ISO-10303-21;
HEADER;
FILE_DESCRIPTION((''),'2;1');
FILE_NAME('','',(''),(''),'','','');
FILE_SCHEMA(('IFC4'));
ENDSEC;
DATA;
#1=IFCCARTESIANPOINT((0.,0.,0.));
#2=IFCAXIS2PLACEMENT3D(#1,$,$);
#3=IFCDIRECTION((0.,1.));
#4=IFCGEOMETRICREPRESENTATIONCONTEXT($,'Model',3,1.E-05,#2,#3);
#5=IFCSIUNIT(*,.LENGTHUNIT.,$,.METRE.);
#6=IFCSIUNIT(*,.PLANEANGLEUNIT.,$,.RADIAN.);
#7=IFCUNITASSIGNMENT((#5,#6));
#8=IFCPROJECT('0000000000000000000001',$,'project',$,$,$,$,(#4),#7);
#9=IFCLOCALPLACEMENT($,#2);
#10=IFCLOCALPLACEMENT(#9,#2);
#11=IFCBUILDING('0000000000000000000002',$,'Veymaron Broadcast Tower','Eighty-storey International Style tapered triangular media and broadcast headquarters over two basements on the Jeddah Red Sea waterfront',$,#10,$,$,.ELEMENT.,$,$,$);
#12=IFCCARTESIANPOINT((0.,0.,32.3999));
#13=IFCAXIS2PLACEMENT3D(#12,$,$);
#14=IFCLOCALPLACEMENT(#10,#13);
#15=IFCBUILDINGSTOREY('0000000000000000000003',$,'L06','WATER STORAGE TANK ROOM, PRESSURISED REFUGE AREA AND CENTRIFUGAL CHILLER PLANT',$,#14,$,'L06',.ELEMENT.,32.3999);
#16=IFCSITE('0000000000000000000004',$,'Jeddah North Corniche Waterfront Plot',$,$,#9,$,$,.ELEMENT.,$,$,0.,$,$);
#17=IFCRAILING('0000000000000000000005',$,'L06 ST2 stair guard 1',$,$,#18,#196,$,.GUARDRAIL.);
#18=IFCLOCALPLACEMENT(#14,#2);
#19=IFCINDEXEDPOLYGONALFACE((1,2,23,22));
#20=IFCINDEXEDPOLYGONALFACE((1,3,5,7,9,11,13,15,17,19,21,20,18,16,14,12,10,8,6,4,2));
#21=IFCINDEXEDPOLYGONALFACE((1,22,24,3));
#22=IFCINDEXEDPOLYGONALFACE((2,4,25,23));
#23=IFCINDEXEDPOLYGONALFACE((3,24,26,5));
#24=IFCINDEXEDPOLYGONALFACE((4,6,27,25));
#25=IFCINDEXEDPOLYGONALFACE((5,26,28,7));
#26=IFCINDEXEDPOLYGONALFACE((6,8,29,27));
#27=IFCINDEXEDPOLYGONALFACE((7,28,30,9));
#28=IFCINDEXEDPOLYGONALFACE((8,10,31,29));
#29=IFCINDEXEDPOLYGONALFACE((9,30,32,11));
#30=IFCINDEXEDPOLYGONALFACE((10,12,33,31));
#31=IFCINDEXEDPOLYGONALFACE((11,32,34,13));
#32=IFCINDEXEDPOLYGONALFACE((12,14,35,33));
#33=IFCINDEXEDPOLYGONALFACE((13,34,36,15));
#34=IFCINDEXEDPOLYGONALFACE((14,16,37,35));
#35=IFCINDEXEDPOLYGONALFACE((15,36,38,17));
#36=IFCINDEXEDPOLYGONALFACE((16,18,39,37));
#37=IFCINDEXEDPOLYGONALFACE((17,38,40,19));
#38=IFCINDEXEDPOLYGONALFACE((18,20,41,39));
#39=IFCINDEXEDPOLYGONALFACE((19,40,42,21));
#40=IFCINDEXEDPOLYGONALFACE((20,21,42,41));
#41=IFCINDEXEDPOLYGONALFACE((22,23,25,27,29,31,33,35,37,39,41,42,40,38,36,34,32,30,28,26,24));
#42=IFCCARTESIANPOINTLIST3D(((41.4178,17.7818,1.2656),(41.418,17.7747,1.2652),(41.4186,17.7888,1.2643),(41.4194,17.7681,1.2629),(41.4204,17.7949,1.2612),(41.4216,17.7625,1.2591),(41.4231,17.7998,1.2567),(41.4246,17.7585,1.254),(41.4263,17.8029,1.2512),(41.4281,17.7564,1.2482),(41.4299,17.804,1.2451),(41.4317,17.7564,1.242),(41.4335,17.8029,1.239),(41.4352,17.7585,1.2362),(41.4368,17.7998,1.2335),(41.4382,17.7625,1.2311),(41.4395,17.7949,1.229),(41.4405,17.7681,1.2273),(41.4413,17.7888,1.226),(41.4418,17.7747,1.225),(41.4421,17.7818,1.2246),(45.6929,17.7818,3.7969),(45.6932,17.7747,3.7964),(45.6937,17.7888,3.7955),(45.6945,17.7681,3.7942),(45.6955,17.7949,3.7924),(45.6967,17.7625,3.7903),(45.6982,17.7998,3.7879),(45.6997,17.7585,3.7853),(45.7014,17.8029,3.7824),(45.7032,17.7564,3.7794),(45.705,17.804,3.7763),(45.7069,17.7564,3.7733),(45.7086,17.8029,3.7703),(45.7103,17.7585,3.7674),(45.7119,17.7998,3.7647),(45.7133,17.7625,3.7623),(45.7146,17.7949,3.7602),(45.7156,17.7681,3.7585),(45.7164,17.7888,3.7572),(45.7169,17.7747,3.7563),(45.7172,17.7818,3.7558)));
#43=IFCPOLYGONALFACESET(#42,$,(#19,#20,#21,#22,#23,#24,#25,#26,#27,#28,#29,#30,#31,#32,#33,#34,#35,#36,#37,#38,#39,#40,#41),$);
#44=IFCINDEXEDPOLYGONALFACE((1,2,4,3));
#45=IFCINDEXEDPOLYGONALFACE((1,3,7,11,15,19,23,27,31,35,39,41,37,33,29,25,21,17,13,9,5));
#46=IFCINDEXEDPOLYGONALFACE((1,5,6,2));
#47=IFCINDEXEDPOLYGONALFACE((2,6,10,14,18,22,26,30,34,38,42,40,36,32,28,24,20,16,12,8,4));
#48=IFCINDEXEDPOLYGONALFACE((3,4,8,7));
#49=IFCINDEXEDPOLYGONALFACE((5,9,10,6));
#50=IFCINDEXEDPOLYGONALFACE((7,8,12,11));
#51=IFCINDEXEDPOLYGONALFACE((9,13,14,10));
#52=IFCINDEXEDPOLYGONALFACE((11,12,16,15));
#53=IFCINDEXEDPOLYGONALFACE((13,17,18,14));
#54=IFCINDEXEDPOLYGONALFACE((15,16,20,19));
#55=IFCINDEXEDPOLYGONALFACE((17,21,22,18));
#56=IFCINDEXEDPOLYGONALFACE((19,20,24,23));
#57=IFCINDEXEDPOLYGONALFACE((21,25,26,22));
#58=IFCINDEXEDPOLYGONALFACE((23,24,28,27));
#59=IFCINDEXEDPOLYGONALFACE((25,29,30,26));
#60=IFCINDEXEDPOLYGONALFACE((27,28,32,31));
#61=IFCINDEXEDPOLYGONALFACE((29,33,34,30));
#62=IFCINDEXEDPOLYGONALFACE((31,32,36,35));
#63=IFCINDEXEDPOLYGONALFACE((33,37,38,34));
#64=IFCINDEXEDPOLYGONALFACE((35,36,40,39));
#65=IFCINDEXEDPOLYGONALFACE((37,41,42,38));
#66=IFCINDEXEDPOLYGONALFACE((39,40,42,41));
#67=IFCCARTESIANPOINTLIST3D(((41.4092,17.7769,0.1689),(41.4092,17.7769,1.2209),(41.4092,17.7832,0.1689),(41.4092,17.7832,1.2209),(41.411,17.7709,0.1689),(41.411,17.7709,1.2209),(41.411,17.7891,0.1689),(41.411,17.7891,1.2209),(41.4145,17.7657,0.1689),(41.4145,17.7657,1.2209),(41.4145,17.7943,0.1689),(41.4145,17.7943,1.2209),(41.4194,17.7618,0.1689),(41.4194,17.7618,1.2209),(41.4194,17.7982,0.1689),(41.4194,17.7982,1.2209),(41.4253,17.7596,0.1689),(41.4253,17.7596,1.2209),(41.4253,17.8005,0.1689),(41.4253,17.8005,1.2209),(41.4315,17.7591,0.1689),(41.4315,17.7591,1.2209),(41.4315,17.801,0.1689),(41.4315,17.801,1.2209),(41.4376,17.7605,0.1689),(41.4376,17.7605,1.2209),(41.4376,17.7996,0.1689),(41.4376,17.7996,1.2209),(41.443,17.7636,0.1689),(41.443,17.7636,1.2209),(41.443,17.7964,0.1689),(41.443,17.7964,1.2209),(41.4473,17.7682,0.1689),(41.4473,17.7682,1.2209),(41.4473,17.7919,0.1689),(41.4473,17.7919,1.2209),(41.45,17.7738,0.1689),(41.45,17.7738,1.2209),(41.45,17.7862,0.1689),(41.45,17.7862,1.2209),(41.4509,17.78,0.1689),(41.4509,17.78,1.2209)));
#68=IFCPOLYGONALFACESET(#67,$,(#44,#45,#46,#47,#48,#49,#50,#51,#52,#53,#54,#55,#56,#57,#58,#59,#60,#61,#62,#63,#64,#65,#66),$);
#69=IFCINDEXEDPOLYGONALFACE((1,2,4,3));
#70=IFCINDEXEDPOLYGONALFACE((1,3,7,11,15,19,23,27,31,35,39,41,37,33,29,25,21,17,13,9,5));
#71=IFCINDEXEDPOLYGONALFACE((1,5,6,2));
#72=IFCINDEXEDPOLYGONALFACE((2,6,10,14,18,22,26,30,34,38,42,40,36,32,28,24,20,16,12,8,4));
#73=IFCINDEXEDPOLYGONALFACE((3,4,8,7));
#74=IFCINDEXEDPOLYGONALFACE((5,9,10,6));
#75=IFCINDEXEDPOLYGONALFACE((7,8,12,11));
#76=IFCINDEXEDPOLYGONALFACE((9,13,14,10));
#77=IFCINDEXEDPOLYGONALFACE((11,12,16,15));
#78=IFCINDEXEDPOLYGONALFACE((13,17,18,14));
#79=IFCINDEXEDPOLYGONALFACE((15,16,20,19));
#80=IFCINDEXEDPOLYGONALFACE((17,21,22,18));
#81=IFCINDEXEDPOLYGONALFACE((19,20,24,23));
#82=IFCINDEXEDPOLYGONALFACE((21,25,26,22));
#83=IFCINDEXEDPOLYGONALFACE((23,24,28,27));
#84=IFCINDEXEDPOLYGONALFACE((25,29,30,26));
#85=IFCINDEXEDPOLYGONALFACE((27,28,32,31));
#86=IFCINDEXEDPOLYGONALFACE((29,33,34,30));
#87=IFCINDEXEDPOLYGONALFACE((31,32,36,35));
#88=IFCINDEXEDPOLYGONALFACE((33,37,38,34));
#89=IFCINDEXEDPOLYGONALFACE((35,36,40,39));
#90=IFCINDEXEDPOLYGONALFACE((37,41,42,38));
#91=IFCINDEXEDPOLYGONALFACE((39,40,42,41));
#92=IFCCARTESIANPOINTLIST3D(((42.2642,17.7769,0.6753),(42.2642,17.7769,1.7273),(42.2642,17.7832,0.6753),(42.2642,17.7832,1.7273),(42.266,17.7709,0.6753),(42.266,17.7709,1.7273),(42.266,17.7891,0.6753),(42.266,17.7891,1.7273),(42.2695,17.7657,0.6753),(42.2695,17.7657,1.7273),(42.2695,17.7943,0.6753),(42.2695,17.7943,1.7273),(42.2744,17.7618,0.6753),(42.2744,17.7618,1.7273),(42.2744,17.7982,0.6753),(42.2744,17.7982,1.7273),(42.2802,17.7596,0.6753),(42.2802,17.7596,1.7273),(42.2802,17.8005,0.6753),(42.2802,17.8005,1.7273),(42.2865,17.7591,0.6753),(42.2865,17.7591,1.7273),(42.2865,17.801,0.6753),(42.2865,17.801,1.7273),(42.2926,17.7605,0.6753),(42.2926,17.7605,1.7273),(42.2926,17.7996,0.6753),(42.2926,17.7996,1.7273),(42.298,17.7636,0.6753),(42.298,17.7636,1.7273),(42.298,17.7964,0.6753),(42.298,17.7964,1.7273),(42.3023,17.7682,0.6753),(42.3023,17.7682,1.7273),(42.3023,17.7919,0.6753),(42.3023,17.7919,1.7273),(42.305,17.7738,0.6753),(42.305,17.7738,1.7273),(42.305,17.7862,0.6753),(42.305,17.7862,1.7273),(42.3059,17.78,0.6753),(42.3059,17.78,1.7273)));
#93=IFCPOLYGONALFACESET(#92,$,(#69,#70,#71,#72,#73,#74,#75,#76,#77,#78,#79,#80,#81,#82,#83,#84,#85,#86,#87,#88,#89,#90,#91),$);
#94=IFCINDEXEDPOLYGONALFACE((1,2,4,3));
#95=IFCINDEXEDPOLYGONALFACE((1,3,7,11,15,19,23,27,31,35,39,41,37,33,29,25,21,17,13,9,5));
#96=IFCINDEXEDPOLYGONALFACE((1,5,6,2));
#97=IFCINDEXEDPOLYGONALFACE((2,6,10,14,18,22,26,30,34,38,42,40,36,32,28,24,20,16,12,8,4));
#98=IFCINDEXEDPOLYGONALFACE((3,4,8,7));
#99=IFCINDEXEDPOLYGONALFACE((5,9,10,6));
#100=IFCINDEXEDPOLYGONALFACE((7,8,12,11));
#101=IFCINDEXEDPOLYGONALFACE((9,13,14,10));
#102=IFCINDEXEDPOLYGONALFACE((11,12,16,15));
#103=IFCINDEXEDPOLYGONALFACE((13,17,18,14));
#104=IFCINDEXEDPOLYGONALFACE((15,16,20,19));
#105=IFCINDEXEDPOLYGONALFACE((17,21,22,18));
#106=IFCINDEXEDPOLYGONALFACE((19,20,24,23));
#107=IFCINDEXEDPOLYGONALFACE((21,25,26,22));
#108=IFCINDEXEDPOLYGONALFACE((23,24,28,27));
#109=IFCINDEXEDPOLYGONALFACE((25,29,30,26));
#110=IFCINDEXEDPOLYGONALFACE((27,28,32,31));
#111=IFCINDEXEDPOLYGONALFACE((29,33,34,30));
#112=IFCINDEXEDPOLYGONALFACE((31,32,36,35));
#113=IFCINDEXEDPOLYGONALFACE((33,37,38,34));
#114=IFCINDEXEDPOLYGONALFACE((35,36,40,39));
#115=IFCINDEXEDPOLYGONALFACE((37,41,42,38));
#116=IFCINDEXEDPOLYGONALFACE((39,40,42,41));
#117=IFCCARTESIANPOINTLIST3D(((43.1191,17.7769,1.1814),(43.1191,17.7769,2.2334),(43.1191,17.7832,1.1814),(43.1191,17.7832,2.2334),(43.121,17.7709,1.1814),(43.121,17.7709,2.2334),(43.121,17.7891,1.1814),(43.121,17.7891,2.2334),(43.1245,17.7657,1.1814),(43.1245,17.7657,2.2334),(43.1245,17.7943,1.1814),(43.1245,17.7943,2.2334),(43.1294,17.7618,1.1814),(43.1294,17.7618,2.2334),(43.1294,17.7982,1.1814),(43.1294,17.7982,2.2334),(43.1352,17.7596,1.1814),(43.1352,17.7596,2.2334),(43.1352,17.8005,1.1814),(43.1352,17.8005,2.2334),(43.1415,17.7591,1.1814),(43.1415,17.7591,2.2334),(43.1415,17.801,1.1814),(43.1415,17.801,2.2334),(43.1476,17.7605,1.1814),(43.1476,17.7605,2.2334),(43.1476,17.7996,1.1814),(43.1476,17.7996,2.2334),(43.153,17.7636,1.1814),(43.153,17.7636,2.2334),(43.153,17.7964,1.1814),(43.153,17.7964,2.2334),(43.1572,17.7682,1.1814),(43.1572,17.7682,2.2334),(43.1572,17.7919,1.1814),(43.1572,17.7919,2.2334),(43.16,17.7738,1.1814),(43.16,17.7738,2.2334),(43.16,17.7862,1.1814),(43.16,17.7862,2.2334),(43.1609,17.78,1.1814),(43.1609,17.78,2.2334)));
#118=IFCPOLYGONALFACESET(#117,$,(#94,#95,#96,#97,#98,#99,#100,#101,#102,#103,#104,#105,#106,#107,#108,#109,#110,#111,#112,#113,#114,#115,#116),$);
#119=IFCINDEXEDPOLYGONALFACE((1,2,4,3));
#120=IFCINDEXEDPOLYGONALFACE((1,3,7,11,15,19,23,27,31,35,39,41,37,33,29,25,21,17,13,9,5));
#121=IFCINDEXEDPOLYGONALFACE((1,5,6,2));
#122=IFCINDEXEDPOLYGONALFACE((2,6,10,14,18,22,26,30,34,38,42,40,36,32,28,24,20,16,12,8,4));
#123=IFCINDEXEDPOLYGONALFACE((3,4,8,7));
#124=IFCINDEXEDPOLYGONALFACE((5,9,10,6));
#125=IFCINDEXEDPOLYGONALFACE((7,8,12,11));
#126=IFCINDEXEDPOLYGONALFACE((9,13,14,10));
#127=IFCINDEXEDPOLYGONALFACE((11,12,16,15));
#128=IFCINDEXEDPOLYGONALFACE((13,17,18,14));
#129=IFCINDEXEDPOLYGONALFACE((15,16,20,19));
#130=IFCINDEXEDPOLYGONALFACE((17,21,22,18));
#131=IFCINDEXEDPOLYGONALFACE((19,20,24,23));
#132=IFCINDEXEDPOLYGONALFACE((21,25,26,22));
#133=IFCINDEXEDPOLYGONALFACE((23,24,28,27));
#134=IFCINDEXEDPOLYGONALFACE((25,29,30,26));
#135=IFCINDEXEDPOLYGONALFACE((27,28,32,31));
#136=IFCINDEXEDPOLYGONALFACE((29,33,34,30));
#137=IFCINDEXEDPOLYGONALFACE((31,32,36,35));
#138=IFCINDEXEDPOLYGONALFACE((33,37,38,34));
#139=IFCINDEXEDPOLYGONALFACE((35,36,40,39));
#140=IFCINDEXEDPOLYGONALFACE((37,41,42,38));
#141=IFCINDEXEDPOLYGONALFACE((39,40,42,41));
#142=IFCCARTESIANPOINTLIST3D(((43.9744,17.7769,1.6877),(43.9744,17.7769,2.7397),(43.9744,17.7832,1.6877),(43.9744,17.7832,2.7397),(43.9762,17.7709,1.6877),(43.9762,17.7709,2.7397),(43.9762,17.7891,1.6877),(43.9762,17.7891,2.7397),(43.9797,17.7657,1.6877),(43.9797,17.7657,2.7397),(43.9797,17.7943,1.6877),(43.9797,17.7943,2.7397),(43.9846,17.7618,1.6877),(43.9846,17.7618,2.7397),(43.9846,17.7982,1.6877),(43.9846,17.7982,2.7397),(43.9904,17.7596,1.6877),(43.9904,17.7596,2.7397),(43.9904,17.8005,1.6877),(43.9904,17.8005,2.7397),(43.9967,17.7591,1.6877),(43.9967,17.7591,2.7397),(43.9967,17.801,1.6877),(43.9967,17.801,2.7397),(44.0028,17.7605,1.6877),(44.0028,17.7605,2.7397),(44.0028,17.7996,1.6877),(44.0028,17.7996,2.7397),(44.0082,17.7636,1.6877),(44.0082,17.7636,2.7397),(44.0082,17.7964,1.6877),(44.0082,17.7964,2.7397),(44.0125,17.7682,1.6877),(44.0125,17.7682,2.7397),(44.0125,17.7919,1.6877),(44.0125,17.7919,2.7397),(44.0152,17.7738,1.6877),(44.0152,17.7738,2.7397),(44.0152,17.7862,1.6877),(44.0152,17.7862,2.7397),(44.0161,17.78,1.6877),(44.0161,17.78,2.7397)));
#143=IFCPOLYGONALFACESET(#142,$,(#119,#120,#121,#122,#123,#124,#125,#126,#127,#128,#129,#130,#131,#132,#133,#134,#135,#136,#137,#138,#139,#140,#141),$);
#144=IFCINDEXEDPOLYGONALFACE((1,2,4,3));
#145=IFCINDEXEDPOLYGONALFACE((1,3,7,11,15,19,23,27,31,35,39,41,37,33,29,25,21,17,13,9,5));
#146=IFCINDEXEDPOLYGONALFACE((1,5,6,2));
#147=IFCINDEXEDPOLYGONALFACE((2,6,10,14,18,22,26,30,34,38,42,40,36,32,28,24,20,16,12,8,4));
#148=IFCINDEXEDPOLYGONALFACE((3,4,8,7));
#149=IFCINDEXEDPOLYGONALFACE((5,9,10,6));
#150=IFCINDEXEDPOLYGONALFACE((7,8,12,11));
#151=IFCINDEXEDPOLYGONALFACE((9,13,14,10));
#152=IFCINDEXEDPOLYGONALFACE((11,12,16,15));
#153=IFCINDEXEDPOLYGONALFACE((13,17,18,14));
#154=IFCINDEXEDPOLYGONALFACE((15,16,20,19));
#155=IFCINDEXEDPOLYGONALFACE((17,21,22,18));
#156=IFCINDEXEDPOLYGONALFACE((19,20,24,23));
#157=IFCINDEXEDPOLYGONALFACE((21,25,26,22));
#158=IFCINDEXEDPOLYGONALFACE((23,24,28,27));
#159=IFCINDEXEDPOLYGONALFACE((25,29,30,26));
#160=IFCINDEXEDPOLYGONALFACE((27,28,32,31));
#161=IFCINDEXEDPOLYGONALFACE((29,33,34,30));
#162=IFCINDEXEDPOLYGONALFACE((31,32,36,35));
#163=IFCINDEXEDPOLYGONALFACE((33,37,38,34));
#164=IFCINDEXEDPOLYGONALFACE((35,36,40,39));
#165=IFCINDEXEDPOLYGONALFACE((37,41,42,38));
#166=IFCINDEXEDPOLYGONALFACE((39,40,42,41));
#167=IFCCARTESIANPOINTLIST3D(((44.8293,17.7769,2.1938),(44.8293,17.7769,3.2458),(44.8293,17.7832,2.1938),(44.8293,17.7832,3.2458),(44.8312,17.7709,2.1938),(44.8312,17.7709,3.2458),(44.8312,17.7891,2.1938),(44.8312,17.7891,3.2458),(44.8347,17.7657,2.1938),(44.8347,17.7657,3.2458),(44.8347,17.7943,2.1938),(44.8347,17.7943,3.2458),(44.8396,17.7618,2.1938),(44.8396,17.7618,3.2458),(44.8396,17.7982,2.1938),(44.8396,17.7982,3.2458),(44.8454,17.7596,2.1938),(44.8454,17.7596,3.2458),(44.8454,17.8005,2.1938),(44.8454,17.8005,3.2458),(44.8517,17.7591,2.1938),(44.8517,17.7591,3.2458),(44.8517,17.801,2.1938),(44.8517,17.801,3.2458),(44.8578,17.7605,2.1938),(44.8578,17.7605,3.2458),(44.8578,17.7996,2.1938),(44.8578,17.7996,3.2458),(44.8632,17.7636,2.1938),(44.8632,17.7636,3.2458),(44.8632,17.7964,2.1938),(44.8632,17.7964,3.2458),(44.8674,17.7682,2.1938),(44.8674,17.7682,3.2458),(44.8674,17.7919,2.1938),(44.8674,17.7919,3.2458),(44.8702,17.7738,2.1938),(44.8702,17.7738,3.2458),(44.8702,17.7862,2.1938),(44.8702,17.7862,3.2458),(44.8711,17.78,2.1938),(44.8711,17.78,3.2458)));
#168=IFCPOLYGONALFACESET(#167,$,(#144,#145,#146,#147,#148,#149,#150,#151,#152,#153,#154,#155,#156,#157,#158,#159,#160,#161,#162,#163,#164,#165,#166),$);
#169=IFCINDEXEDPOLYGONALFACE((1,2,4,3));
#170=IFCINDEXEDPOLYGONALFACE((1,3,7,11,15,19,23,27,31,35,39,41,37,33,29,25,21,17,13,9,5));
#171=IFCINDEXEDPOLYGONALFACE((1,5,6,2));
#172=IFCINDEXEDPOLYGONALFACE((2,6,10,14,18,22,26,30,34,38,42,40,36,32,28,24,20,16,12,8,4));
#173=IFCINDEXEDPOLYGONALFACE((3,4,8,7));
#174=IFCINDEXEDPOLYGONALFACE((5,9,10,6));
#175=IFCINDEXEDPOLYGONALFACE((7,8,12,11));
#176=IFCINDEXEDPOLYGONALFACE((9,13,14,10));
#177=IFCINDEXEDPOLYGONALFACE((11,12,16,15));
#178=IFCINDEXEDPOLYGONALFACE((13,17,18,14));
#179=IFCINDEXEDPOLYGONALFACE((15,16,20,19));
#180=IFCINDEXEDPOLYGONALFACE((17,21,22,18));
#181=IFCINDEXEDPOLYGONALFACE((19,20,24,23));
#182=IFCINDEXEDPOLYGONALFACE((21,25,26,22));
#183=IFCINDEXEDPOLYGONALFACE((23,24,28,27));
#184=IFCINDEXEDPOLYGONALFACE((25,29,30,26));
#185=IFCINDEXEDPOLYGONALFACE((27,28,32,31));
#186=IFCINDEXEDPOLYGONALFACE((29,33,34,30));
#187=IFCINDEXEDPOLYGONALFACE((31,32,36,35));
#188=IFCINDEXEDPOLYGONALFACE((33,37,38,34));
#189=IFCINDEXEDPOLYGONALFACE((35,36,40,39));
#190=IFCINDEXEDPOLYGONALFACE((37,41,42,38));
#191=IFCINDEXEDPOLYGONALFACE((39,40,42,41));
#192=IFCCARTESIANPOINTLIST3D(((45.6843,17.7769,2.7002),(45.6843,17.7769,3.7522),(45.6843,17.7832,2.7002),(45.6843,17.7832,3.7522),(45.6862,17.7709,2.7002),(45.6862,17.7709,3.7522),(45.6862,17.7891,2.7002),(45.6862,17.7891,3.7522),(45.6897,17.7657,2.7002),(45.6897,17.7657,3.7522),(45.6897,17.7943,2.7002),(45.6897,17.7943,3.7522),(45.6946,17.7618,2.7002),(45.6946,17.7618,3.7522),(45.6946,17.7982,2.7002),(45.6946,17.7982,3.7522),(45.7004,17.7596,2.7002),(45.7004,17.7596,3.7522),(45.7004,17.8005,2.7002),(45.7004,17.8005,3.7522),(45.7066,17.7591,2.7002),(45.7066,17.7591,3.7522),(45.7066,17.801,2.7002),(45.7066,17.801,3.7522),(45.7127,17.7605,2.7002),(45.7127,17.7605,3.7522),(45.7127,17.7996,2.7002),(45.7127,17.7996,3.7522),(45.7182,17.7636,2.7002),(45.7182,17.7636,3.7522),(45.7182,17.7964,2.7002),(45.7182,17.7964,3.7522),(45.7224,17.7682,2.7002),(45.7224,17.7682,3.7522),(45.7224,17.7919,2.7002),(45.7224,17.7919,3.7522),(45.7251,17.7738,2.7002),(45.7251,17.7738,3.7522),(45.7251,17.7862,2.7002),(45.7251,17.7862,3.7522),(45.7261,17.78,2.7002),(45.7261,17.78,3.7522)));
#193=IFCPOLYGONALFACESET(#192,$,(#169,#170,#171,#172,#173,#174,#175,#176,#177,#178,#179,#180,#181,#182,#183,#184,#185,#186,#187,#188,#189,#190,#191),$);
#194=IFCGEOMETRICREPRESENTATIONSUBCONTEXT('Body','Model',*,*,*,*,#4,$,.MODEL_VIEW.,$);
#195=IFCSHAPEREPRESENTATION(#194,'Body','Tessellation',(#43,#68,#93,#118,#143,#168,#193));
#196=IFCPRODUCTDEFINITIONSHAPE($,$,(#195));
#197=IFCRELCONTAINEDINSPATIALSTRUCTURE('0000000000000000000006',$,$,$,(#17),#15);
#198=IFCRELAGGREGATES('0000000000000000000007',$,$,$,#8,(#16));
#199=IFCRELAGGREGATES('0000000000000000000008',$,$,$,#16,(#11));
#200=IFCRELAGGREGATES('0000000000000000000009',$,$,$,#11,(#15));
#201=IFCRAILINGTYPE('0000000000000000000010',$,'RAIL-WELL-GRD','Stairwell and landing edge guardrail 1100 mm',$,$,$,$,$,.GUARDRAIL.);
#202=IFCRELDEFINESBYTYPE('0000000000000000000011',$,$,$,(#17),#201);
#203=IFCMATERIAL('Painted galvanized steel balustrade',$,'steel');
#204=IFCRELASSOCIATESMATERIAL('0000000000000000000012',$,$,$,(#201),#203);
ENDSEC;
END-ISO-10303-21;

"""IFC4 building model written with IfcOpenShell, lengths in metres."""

from ifc_helpers import new_model, si_unit, direction, frame, origin, origin_2d, place, context, subcontext, project, spatial, circle, extrude, material, type_object, element, save


model = new_model("IFC4")

# Units and contexts
model_context = context("Model", 3, precision=1e-05, world=origin(), true_north=direction((0.0, 1.0)))
body_context = subcontext(model_context, "Body", "Model", "MODEL_VIEW")
ifc_project = project(units=[si_unit("LENGTHUNIT", "METRE"), si_unit("PLANEANGLEUNIT", "RADIAN")], contexts=[model_context])

# Site, building, storey
site_placement = place(None, origin())
site = spatial("IfcSite", under=ifc_project, at=site_placement, Name="Jeddah North Corniche Waterfront Plot", CompositionType="ELEMENT", RefElevation=0.0)
building_placement = place(site_placement, origin())
building = spatial("IfcBuilding", under=site, at=building_placement, Name="Veymaron Broadcast Tower", Description="Eighty-storey International Style tapered triangular media and broadcast headquarters over two basements on the Jeddah Red Sea waterfront", CompositionType="ELEMENT")
storey_placement = place(building_placement, frame((0.0, 0.0, 32.3999)))
storey = spatial("IfcBuildingStorey", under=building, at=storey_placement, Name="L06", Description="WATER STORAGE TANK ROOM, PRESSURISED REFUGE AREA AND CENTRIFUGAL CHILLER PLANT", LongName="L06", CompositionType="ELEMENT", Elevation=32.3999)

# Railing
ifc_material_1 = material(Name="Painted galvanized steel balustrade", Category="steel")
railing_type_1 = type_object("IfcRailingType", Name="RAIL-WELL-GRD", Description="Stairwell and landing edge guardrail 1100 mm", PredefinedType="GUARDRAIL", material=ifc_material_1)
railing_1_placement = place(storey_placement, frame((41.4299, 17.78, 0.1689)))
element("IfcRailing", 1, at=railing_1_placement, inside=storey, type_object=railing_type_1, Name="L06 ST2 stair guard 1", PredefinedType="GUARDRAIL", context=body_context, shape_type="SweptSolid", body=[
    extrude(circle(Radius=0.0239, at=origin_2d()), frame((0.0, 0.0, 1.0762), z_axis=(0.860483, 0.0, 0.509479), x_axis=(0.0, 1.0, 0.0)), (0.0, 0.0, 1.0), 4.9683),
    extrude(circle(Radius=0.021, at=origin_2d()), origin(), (0.0, 0.0, 1.0), 1.052),
    extrude(circle(Radius=0.021, at=origin_2d()), frame((0.855, 0.0, 0.5063)), (0.0, 0.0, 1.0), 1.052),
    extrude(circle(Radius=0.021, at=origin_2d()), frame((1.71, 0.0, 1.0125)), (0.0, 0.0, 1.0), 1.052),
    extrude(circle(Radius=0.021, at=origin_2d()), frame((2.5652, 0.0, 1.5188)), (0.0, 0.0, 1.0), 1.052),
    extrude(circle(Radius=0.021, at=origin_2d()), frame((3.4202, 0.0, 2.0249)), (0.0, 0.0, 1.0), 1.052),
    extrude(circle(Radius=0.021, at=origin_2d()), frame((4.2751, 0.0, 2.5312)), (0.0, 0.0, 1.0), 1.052),
])

save(model, "model.ifc")
